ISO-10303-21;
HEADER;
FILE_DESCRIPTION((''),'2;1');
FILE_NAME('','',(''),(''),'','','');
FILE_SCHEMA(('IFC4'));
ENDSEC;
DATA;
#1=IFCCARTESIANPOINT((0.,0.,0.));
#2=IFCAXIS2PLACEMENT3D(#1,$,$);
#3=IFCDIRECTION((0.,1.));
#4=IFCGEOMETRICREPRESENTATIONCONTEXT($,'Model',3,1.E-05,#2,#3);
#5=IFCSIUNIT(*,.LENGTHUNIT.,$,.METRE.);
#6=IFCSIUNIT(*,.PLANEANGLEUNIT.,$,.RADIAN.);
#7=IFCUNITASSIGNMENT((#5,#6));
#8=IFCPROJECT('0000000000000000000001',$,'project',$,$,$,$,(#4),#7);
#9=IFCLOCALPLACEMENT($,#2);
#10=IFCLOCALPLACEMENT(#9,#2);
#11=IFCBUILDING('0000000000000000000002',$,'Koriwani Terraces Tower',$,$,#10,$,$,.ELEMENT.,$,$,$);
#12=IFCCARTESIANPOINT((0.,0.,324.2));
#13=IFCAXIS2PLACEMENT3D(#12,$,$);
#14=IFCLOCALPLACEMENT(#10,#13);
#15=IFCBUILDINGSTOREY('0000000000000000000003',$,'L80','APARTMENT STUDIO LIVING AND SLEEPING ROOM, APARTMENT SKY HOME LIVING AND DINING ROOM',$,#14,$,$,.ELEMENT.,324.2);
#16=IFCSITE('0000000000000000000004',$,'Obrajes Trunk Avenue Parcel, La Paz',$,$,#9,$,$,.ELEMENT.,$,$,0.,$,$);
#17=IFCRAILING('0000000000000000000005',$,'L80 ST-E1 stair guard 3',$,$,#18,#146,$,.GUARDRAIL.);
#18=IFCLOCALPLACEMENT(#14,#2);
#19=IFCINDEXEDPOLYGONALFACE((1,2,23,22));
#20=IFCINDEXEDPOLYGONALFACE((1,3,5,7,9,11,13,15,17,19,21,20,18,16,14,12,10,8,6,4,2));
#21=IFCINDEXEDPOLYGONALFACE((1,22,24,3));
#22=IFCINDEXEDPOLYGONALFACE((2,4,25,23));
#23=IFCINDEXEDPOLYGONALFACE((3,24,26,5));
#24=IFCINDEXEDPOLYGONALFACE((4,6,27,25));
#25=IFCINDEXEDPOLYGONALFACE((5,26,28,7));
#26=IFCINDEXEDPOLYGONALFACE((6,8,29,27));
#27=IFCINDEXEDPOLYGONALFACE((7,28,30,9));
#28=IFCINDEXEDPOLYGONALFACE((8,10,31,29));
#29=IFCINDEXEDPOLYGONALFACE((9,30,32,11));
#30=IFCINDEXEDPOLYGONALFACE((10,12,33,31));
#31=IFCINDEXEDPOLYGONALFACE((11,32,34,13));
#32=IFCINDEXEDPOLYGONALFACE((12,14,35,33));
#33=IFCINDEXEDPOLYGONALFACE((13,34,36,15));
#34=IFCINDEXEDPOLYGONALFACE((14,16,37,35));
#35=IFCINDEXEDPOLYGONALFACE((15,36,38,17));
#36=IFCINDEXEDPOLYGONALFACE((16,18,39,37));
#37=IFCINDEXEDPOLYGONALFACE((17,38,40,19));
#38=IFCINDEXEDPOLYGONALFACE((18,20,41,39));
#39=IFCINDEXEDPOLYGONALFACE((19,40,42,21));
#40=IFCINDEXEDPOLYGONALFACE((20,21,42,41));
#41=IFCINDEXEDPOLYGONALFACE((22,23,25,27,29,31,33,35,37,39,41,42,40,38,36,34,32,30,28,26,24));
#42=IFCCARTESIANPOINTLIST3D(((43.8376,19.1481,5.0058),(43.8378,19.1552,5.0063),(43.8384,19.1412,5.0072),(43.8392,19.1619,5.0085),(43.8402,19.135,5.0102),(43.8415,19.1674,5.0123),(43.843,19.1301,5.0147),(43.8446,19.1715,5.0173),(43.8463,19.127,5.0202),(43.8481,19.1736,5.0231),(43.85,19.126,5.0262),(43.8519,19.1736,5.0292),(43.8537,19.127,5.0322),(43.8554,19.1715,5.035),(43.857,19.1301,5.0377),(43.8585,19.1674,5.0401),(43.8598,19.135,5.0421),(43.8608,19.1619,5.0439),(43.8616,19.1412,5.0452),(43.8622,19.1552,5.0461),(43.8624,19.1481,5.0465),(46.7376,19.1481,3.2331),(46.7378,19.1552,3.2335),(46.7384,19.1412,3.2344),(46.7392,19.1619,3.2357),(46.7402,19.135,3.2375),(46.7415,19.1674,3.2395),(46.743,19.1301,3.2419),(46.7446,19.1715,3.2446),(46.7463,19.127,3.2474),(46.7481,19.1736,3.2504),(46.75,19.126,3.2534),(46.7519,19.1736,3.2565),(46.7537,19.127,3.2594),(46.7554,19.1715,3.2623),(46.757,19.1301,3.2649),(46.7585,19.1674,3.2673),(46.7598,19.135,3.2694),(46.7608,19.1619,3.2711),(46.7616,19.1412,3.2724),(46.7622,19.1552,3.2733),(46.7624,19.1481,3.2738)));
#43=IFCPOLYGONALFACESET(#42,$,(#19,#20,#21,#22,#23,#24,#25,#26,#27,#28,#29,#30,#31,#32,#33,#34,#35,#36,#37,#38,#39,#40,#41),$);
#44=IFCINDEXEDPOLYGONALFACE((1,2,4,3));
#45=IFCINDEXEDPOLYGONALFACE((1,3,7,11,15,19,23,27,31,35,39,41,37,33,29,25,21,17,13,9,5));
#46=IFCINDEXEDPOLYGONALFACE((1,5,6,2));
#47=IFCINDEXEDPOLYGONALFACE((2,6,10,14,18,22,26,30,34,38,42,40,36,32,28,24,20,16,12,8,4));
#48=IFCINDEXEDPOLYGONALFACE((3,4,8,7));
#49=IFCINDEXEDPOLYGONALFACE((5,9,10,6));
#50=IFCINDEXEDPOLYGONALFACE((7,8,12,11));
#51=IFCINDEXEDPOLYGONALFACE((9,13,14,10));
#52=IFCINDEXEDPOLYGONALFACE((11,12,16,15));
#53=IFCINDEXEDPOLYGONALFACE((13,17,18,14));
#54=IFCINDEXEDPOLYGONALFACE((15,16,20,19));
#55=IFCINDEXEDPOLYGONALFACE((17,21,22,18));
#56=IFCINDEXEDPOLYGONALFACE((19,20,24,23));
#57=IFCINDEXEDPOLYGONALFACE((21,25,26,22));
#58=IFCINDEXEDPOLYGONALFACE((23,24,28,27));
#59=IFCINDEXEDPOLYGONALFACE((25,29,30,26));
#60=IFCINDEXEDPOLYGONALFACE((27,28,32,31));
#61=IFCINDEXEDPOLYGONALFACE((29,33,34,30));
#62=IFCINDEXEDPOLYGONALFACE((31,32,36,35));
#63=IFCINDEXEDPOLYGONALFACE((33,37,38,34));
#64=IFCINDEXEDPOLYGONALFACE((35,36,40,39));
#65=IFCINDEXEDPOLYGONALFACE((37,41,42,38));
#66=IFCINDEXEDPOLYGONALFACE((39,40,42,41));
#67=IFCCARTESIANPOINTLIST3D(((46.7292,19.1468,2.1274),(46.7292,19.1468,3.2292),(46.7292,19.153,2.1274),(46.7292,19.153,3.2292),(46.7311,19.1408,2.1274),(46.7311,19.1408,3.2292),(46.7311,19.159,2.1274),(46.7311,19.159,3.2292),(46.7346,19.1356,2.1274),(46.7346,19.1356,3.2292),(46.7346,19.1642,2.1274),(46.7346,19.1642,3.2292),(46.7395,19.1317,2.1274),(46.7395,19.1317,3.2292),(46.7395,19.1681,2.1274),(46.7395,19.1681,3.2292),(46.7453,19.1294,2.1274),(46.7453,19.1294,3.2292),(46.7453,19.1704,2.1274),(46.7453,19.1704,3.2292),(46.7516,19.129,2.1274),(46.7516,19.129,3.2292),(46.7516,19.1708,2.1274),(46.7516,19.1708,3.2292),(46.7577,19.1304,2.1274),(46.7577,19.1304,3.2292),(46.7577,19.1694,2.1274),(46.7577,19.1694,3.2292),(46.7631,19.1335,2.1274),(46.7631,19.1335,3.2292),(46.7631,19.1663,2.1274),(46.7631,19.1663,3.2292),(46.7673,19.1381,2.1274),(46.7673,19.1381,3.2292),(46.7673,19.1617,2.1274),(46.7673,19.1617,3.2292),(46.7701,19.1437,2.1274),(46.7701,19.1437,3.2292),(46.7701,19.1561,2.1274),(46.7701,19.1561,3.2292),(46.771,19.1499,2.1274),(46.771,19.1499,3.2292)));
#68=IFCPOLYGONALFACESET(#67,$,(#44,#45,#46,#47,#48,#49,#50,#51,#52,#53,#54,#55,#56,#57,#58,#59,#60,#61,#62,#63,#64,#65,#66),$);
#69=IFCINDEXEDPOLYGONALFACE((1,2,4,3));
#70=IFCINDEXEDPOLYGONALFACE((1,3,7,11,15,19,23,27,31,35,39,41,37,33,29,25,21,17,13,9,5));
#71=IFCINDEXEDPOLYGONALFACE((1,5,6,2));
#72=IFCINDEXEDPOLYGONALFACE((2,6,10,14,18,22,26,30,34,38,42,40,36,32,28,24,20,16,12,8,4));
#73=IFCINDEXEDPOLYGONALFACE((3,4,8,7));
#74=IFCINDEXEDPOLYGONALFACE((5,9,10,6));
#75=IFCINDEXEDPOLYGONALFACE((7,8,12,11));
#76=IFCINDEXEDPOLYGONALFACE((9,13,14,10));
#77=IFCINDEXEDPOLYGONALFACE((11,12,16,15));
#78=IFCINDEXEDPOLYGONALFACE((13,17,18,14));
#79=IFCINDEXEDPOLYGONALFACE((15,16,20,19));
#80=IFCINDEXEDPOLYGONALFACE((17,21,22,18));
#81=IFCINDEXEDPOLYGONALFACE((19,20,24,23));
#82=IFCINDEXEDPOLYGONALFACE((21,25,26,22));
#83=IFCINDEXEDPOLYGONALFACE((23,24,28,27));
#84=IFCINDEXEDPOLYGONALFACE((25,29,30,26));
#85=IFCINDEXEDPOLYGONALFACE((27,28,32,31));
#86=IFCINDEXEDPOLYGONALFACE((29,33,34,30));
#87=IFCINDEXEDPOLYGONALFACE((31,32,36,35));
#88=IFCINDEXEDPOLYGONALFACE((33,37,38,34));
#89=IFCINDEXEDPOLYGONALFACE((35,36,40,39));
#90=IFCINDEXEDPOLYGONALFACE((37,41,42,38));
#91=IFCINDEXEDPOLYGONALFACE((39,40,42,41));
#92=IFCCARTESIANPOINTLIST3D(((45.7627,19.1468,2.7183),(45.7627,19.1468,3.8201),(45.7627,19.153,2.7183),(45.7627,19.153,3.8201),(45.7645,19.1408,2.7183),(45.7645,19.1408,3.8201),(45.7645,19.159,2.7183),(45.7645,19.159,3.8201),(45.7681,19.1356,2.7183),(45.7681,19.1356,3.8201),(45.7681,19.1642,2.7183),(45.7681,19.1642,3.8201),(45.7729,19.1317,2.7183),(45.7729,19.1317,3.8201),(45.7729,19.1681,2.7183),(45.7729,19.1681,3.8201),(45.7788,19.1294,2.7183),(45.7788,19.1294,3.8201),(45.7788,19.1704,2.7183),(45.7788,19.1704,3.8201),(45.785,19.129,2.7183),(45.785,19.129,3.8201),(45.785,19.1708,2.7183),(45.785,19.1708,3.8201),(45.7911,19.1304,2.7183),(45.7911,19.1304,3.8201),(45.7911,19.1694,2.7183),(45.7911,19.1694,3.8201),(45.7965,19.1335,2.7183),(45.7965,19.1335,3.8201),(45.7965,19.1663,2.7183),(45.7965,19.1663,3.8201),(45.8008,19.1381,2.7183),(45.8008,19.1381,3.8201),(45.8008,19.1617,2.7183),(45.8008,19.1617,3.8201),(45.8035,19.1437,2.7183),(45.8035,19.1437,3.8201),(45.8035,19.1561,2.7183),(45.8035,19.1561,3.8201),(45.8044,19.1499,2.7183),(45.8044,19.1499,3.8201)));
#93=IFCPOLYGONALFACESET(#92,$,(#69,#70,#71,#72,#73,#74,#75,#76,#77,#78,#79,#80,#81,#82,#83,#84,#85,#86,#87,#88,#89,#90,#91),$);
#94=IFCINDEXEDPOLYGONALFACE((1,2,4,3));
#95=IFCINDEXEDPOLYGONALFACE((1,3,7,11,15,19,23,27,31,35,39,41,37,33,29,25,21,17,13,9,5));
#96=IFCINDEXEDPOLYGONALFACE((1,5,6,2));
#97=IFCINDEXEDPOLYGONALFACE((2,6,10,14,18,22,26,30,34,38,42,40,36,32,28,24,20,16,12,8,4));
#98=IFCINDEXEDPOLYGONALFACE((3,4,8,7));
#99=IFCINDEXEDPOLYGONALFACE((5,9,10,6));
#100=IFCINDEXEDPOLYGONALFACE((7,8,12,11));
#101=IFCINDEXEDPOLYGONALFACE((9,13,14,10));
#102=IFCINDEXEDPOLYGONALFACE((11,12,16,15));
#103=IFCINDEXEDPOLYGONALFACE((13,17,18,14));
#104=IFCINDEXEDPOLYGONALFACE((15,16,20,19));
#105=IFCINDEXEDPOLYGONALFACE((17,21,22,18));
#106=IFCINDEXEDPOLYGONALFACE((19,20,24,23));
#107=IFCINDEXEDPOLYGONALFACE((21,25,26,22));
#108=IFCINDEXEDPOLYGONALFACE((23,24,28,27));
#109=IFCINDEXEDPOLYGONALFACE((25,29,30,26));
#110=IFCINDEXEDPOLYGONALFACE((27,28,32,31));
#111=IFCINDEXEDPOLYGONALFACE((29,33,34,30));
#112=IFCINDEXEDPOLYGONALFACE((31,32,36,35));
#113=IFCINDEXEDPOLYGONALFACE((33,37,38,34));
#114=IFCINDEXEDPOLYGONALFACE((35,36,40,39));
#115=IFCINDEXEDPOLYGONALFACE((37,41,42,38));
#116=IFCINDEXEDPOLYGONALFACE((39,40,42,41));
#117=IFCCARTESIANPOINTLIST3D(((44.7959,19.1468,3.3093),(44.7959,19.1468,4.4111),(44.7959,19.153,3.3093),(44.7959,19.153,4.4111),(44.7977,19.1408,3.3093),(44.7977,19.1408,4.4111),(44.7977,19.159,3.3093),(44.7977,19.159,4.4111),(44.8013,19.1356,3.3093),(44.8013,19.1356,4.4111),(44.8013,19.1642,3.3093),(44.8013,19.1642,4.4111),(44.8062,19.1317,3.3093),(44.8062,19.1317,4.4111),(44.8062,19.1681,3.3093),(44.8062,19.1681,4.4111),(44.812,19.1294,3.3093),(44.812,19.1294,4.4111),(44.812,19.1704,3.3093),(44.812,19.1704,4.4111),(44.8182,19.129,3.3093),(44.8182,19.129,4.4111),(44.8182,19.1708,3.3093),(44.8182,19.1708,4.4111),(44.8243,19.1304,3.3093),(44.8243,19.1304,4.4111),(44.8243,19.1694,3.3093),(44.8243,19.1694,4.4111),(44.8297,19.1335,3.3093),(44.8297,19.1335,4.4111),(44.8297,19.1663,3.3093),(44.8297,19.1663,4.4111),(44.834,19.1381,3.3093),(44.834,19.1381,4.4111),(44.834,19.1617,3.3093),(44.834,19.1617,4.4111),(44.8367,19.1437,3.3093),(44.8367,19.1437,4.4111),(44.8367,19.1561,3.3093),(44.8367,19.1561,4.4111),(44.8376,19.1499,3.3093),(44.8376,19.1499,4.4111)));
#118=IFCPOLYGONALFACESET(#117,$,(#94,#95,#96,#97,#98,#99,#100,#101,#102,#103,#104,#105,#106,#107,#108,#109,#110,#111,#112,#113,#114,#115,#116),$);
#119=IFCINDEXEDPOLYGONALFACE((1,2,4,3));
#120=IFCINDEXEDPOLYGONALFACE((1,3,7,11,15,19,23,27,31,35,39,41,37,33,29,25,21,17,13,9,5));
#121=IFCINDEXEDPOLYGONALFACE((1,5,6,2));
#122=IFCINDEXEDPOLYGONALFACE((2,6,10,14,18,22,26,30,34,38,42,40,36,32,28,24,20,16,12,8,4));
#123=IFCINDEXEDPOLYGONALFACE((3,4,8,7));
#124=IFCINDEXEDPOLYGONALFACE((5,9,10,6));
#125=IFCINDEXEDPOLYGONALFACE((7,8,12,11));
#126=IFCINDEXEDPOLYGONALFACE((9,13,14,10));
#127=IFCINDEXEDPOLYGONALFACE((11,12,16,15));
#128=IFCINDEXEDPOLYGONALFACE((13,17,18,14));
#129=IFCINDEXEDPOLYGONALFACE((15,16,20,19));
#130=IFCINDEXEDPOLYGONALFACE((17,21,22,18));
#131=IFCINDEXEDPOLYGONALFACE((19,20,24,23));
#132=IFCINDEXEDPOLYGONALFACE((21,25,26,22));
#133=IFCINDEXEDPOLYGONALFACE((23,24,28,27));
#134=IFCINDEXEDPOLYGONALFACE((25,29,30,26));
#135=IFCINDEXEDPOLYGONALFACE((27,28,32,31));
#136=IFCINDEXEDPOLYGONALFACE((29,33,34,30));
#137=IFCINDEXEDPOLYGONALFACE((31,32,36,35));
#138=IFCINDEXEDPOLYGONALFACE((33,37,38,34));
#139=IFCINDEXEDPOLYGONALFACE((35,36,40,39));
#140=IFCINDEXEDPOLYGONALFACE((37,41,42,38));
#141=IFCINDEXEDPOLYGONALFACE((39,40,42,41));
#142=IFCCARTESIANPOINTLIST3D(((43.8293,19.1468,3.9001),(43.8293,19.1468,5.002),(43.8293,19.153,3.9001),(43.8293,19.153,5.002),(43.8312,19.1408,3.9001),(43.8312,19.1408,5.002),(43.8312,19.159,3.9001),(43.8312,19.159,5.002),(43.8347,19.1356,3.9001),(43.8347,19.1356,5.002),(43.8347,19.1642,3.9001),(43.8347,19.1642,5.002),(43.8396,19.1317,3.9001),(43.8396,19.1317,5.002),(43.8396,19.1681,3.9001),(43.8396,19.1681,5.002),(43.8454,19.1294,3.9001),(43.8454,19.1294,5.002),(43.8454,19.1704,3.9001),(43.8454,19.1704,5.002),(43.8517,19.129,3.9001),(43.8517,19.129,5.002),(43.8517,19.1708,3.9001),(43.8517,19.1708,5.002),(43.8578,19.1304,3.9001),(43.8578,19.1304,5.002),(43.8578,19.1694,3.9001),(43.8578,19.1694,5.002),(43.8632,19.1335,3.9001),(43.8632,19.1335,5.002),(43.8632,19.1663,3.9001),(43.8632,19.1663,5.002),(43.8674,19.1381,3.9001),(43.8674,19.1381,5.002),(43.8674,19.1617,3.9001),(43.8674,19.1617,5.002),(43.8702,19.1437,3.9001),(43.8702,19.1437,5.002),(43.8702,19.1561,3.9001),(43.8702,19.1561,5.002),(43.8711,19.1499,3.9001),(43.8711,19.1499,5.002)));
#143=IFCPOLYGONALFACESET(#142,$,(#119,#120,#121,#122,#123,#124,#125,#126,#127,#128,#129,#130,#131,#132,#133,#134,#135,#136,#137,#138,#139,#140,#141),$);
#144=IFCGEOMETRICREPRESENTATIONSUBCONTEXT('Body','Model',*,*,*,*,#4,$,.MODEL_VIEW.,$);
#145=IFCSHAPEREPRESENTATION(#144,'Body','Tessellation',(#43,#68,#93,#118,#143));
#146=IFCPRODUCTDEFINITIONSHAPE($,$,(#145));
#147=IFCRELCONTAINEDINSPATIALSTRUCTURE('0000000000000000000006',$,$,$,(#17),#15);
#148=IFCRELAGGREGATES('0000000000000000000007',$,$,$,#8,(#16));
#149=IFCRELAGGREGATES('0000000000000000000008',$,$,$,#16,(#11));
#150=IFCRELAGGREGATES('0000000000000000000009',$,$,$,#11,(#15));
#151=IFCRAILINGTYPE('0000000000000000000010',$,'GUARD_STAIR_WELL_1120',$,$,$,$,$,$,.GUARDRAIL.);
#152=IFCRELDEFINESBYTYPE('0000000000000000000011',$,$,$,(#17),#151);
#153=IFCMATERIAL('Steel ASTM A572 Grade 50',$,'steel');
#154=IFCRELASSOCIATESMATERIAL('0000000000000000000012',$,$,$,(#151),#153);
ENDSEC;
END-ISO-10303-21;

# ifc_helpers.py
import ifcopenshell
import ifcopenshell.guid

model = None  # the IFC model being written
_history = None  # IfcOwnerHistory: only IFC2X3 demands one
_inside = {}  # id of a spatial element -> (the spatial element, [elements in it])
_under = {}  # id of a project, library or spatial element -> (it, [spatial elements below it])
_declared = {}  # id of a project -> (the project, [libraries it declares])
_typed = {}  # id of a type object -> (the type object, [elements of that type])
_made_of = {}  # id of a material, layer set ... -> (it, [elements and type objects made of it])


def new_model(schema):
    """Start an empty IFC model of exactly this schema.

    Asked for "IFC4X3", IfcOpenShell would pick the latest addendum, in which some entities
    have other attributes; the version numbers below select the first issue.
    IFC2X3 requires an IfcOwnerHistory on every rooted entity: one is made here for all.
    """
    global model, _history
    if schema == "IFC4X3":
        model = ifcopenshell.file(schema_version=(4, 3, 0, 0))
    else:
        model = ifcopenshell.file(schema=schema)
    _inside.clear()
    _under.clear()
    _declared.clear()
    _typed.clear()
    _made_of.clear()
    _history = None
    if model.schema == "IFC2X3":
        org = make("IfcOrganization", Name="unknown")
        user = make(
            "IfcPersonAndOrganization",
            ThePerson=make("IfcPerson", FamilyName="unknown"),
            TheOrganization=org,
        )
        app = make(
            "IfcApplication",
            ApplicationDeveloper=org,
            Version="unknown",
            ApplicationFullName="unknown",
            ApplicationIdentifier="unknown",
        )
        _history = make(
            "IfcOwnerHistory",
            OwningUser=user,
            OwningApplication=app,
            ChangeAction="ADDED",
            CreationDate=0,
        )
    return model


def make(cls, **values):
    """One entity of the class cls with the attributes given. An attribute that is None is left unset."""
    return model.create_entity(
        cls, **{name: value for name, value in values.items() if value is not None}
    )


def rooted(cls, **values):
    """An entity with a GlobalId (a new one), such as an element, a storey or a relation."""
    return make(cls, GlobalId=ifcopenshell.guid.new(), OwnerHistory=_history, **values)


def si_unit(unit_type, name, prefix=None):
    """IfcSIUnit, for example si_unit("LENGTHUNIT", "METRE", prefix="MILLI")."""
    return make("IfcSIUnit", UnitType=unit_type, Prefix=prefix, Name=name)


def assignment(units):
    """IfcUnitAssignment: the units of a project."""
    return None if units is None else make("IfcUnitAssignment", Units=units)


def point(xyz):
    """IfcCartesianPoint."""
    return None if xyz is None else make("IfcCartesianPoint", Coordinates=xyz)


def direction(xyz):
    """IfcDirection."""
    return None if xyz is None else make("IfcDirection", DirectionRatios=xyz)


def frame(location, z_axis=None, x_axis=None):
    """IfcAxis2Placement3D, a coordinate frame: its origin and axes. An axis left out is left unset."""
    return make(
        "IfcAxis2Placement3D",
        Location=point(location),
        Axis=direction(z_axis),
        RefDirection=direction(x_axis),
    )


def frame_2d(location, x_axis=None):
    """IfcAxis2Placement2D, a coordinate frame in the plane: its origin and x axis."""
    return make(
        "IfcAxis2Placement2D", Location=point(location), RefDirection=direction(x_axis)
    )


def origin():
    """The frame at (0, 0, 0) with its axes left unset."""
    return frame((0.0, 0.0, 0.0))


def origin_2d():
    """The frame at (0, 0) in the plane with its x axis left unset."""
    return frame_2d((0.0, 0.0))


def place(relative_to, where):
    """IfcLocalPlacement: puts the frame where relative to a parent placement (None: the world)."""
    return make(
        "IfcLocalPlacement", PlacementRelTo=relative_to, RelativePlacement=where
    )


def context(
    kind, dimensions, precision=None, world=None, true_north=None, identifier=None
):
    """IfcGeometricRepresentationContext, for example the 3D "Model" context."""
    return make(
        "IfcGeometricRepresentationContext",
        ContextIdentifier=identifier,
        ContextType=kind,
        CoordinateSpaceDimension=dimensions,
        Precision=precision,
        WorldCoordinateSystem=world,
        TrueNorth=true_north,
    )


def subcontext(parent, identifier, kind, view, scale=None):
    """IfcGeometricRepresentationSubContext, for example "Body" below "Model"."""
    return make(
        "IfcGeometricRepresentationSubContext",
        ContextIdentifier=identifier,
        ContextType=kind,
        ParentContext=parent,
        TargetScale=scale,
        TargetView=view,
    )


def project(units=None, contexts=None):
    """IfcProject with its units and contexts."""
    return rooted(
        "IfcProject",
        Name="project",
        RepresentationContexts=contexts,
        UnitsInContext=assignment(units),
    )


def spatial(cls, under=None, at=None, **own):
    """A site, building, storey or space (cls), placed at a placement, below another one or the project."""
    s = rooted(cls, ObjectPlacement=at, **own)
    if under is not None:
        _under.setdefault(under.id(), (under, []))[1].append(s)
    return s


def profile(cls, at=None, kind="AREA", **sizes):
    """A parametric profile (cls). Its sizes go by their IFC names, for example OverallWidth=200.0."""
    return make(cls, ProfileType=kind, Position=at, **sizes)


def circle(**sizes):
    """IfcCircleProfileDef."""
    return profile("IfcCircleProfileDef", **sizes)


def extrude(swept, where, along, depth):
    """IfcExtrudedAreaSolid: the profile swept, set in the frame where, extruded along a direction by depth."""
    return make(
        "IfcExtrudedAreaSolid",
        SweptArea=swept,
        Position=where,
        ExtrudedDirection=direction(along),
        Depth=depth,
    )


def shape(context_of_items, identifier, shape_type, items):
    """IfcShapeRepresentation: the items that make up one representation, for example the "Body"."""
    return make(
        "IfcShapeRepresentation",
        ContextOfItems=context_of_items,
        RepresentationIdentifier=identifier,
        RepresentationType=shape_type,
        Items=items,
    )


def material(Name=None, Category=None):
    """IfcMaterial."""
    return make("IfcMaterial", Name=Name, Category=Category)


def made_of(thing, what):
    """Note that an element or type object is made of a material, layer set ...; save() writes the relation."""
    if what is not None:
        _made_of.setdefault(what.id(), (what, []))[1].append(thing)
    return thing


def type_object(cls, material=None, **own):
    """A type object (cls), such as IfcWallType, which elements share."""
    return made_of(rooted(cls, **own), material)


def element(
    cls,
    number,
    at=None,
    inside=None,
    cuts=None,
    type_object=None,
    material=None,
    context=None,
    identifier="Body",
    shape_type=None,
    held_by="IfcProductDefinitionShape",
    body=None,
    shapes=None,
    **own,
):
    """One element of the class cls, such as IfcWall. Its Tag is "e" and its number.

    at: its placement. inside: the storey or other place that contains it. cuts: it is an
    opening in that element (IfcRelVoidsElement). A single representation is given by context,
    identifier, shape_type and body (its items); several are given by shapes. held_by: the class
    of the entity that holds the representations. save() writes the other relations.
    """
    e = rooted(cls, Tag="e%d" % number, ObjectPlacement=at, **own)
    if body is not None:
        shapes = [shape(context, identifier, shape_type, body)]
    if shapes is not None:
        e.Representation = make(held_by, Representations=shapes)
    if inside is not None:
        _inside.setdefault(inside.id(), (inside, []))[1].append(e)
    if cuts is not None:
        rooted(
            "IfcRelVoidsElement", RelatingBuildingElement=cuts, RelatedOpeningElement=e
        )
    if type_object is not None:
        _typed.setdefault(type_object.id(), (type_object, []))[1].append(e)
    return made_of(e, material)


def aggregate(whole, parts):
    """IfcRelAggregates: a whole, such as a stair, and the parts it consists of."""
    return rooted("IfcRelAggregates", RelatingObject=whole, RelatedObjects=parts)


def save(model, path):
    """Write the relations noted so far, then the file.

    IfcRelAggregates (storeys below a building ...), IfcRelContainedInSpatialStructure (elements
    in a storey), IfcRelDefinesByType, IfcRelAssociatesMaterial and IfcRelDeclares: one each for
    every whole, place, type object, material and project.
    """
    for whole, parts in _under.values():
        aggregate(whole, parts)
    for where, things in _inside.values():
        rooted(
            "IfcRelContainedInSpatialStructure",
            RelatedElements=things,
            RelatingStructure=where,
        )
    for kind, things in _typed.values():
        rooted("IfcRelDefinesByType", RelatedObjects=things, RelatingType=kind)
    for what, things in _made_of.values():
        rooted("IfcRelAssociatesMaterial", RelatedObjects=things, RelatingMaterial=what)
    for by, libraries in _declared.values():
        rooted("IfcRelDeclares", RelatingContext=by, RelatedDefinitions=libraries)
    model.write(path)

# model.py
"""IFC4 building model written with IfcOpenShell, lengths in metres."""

from ifc_helpers import new_model, si_unit, direction, frame, origin, origin_2d, place, context, subcontext, project, spatial, circle, extrude, material, type_object, element, save


model = new_model("IFC4")

# Units and contexts
model_context = context("Model", 3, precision=1e-05, world=origin(), true_north=direction((0.0, 1.0)))
body_context = subcontext(model_context, "Body", "Model", "MODEL_VIEW")
ifc_project = project(units=[si_unit("LENGTHUNIT", "METRE"), si_unit("PLANEANGLEUNIT", "RADIAN")], contexts=[model_context])

# Site, building, storey
site_placement = place(None, origin())
site = spatial("IfcSite", under=ifc_project, at=site_placement, Name="Obrajes Trunk Avenue Parcel, La Paz", CompositionType="ELEMENT", RefElevation=0.0)
building_placement = place(site_placement, origin())
building = spatial("IfcBuilding", under=site, at=building_placement, Name="Koriwani Terraces Tower", CompositionType="ELEMENT")
storey_placement = place(building_placement, frame((0.0, 0.0, 324.2)))
storey = spatial("IfcBuildingStorey", under=building, at=storey_placement, Name="L80", Description="APARTMENT STUDIO LIVING AND SLEEPING ROOM, APARTMENT SKY HOME LIVING AND DINING ROOM", CompositionType="ELEMENT", Elevation=324.2)

# Shared definitions
ifc_material_1 = material(Name="Steel ASTM A572 Grade 50", Category="steel")

# Railing
railing_type_1 = type_object("IfcRailingType", Name="GUARD_STAIR_WELL_1120", PredefinedType="GUARDRAIL", material=ifc_material_1)
railing_1_placement = place(storey_placement, frame((46.75, 19.1499, 2.1274)))
element("IfcRailing", 1, at=railing_1_placement, inside=storey, type_object=railing_type_1, Name="L80 ST-E1 stair guard 3", PredefinedType="GUARDRAIL", context=body_context, shape_type="SweptSolid", body=[
    extrude(circle(Radius=0.0239, at=origin_2d()), frame((0.0, 0.0, 1.126), z_axis=(-0.853211, 0.0, 0.521566), x_axis=(0.0, -1.0, 0.0)), (0.0, 0.0, 1.0), 3.3989),
    extrude(circle(Radius=0.021, at=origin_2d()), origin(), (0.0, 0.0, 1.0), 1.1018),
    extrude(circle(Radius=0.021, at=origin_2d()), frame((-0.9666, 0.0, 0.5908)), (0.0, 0.0, 1.0), 1.1018),
    extrude(circle(Radius=0.021, at=origin_2d()), frame((-1.9333, 0.0, 1.1819)), (0.0, 0.0, 1.0), 1.1018),
    extrude(circle(Radius=0.021, at=origin_2d()), frame((-2.8999, 0.0, 1.7727)), (0.0, 0.0, 1.0), 1.1018),
])

save(model, "model.ifc")
